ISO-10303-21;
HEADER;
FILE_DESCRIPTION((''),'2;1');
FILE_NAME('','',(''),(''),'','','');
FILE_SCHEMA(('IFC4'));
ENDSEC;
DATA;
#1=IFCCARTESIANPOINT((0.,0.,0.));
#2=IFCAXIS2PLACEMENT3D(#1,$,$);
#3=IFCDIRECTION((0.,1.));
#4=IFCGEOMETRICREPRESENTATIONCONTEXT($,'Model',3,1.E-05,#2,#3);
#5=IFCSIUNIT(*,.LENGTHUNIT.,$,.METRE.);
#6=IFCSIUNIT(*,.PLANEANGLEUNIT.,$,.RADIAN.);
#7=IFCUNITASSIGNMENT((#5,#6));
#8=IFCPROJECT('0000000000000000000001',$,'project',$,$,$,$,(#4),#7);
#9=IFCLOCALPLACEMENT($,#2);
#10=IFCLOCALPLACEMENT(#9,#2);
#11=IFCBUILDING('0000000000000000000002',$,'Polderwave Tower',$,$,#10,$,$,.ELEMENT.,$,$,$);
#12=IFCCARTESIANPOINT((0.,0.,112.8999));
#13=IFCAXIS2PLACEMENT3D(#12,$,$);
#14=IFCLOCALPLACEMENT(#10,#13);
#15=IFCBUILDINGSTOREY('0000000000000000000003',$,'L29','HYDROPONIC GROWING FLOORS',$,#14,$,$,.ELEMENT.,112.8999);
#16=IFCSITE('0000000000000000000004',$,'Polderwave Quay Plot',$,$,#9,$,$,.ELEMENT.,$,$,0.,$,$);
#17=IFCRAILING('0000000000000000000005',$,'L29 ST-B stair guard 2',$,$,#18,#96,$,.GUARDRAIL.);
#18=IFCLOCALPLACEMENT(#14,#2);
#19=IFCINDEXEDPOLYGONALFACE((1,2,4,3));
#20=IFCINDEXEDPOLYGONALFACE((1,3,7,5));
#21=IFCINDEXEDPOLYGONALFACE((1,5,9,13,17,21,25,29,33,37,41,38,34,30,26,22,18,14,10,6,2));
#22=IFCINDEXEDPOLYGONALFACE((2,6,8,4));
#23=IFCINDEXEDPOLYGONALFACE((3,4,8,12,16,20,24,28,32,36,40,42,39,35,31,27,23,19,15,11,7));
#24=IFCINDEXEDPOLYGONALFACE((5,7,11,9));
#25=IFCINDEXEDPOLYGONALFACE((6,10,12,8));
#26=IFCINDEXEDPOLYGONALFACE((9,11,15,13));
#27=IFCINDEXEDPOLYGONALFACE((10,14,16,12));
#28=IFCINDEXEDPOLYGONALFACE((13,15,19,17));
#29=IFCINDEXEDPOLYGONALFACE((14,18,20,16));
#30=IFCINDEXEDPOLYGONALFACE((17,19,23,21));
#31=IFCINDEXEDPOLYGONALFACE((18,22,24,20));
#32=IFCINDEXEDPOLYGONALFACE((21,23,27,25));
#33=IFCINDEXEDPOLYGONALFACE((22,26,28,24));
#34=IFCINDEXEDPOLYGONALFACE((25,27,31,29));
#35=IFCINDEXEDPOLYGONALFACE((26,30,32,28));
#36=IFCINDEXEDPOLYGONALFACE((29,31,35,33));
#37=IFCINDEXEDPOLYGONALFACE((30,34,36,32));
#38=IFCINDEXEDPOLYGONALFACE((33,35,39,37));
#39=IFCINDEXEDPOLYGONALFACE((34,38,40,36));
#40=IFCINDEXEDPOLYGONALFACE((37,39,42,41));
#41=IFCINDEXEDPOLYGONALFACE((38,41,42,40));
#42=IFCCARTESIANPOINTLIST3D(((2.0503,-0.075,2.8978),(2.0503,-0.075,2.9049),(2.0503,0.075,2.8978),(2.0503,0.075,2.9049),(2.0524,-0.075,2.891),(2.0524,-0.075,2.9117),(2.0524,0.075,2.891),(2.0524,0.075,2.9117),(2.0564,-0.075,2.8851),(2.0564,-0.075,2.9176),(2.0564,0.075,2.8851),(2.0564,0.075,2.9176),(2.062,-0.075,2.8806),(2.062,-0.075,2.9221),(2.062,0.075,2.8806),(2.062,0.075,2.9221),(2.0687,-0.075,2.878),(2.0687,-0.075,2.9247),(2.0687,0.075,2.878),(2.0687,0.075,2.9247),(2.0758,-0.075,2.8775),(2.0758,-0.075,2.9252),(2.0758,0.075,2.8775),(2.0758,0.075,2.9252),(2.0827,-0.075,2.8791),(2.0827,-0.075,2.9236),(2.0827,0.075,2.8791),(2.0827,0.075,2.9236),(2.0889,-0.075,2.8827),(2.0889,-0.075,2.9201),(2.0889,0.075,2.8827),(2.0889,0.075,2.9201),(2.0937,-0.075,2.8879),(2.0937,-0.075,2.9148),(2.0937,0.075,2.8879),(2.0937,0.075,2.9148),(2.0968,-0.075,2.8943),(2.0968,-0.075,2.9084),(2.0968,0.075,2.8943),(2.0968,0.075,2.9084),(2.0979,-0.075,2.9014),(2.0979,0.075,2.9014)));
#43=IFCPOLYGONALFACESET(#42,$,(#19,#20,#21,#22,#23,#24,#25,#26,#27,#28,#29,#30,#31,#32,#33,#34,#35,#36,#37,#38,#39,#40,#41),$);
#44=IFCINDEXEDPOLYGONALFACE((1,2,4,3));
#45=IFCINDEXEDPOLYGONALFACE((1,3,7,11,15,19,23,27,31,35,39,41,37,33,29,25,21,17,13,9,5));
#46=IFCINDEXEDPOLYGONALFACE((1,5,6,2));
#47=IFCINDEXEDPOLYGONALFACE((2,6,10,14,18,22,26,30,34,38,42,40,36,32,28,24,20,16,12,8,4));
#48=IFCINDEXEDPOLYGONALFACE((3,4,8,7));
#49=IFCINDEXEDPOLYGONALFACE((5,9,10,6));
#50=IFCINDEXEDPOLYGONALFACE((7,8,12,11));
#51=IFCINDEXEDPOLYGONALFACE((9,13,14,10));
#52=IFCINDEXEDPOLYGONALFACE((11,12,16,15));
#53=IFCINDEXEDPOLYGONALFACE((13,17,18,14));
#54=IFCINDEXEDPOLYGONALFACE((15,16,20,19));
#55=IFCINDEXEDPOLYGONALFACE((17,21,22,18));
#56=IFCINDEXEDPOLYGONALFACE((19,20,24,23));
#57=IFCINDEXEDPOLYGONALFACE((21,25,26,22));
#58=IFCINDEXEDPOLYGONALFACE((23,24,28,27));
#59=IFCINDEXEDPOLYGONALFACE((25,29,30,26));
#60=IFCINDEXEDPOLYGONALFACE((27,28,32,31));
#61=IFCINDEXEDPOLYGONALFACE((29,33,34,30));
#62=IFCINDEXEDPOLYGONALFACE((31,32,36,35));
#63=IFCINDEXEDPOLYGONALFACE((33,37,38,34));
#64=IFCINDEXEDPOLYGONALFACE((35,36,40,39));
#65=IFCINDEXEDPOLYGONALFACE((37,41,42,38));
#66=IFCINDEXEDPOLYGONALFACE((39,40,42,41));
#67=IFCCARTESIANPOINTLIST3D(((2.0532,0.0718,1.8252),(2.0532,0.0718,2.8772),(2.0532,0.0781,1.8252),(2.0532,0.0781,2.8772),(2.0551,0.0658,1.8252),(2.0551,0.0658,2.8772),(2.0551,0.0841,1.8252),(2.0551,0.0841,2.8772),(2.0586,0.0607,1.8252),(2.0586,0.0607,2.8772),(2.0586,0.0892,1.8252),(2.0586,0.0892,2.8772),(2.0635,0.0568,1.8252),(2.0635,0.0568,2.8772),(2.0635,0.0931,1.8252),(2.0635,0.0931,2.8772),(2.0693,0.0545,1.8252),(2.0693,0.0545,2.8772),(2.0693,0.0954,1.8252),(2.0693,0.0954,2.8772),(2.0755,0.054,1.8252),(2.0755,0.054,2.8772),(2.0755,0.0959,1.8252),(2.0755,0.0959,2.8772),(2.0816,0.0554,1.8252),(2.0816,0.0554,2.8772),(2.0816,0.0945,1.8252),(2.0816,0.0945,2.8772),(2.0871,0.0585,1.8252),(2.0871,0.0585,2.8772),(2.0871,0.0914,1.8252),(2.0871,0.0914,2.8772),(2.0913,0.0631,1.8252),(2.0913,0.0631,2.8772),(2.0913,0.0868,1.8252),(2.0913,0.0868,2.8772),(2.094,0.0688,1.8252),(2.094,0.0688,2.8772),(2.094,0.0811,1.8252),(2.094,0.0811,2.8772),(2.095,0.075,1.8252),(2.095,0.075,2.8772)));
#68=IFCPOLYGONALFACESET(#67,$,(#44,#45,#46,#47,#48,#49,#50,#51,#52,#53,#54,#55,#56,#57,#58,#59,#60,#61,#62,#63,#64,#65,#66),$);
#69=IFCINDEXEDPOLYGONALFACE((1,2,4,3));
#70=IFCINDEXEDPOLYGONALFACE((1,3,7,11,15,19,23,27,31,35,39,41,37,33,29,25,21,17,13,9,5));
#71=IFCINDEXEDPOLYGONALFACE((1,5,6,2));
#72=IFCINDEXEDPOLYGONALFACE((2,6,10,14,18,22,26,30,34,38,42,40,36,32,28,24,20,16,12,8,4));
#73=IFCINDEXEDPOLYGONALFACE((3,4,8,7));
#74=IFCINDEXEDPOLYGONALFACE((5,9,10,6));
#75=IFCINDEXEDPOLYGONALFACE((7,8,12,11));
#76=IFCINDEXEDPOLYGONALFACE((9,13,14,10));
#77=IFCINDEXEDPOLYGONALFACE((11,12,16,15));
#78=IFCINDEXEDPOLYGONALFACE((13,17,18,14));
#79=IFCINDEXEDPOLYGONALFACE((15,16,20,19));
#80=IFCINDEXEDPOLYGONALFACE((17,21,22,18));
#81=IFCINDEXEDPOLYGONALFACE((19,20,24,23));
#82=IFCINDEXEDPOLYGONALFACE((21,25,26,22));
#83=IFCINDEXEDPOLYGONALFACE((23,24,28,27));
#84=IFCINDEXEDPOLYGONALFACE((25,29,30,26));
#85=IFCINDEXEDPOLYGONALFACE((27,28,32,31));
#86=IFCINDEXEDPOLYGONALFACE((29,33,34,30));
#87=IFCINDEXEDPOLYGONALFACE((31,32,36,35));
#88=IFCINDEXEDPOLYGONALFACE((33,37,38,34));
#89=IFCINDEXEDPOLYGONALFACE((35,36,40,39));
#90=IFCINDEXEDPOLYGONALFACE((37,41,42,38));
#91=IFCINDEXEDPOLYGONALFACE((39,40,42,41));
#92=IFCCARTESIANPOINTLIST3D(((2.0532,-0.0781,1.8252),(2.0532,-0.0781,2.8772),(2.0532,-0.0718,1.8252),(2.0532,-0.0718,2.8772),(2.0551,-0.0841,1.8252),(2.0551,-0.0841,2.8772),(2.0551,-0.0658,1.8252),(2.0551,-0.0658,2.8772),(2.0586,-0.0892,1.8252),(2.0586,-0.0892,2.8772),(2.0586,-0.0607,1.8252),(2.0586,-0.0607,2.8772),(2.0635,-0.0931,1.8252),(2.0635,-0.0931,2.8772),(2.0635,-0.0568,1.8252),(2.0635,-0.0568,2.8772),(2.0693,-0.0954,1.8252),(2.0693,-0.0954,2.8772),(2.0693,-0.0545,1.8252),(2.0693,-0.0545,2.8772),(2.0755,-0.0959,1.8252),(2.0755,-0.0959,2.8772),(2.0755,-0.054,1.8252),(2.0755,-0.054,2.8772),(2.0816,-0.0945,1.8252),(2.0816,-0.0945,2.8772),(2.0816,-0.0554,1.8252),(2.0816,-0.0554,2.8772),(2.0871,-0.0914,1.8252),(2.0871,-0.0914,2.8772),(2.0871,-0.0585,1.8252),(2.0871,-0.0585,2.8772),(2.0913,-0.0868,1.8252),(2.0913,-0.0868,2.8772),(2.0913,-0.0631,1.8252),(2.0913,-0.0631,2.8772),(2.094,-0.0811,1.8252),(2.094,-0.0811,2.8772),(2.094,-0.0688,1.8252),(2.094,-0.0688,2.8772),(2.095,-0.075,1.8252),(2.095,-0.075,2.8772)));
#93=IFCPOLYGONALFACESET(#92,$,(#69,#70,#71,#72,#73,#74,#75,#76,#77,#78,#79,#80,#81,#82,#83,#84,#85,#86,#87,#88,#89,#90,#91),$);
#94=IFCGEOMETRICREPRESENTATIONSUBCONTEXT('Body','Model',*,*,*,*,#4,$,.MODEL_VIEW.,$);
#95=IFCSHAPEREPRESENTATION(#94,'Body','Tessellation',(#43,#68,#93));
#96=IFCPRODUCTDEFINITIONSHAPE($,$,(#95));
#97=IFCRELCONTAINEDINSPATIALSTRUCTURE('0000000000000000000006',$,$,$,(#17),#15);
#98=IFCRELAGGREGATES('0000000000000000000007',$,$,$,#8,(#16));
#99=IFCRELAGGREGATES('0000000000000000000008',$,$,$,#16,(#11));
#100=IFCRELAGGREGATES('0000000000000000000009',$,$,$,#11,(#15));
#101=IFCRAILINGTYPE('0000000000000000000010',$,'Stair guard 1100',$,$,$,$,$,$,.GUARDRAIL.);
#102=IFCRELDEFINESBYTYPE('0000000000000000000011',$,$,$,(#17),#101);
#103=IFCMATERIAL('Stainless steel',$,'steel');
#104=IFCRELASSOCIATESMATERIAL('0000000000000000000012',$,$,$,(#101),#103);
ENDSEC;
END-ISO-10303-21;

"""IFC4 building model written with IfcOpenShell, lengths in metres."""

from ifc_helpers import new_model, si_unit, direction, frame, origin, origin_2d, place, context, subcontext, project, spatial, circle, extrude, material, type_object, element, save


model = new_model("IFC4")

# Units and contexts
model_context = context("Model", 3, precision=1e-05, world=origin(), true_north=direction((0.0, 1.0)))
body_context = subcontext(model_context, "Body", "Model", "MODEL_VIEW")
ifc_project = project(units=[si_unit("LENGTHUNIT", "METRE"), si_unit("PLANEANGLEUNIT", "RADIAN")], contexts=[model_context])

# Site, building, storey
site_placement = place(None, origin())
site = spatial("IfcSite", under=ifc_project, at=site_placement, Name="Polderwave Quay Plot", CompositionType="ELEMENT", RefElevation=0.0)
building_placement = place(site_placement, origin())
building = spatial("IfcBuilding", under=site, at=building_placement, Name="Polderwave Tower", CompositionType="ELEMENT")
storey_placement = place(building_placement, frame((0.0, 0.0, 112.8999)))
storey = spatial("IfcBuildingStorey", under=building, at=storey_placement, Name="L29", Description="HYDROPONIC GROWING FLOORS", CompositionType="ELEMENT", Elevation=112.8999)

# Railing
ifc_material_1 = material(Name="Stainless steel", Category="steel")
railing_type_1 = type_object("IfcRailingType", Name="Stair guard 1100", PredefinedType="GUARDRAIL", material=ifc_material_1)
railing_1_placement = place(storey_placement, frame((2.074, 0.075, 1.8252)))
element("IfcRailing", 1, at=railing_1_placement, inside=storey, type_object=railing_type_1, Name="L29 ST-B stair guard 2", PredefinedType="GUARDRAIL", context=body_context, shape_type="SweptSolid", body=[
    extrude(circle(Radius=0.0239, at=origin_2d()), frame((0.0, 0.0, 1.0762), z_axis=(0.0, -1.0, 0.0), x_axis=(1.0, 0.0, 0.0)), (0.0, 0.0, 1.0), 0.1499),
    extrude(circle(Radius=0.021, at=origin_2d()), origin(), (0.0, 0.0, 1.0), 1.052),
    extrude(circle(Radius=0.021, at=origin_2d()), frame((0.0, -0.1499, 0.0)), (0.0, 0.0, 1.0), 1.052),
])

save(model, "model.ifc")
